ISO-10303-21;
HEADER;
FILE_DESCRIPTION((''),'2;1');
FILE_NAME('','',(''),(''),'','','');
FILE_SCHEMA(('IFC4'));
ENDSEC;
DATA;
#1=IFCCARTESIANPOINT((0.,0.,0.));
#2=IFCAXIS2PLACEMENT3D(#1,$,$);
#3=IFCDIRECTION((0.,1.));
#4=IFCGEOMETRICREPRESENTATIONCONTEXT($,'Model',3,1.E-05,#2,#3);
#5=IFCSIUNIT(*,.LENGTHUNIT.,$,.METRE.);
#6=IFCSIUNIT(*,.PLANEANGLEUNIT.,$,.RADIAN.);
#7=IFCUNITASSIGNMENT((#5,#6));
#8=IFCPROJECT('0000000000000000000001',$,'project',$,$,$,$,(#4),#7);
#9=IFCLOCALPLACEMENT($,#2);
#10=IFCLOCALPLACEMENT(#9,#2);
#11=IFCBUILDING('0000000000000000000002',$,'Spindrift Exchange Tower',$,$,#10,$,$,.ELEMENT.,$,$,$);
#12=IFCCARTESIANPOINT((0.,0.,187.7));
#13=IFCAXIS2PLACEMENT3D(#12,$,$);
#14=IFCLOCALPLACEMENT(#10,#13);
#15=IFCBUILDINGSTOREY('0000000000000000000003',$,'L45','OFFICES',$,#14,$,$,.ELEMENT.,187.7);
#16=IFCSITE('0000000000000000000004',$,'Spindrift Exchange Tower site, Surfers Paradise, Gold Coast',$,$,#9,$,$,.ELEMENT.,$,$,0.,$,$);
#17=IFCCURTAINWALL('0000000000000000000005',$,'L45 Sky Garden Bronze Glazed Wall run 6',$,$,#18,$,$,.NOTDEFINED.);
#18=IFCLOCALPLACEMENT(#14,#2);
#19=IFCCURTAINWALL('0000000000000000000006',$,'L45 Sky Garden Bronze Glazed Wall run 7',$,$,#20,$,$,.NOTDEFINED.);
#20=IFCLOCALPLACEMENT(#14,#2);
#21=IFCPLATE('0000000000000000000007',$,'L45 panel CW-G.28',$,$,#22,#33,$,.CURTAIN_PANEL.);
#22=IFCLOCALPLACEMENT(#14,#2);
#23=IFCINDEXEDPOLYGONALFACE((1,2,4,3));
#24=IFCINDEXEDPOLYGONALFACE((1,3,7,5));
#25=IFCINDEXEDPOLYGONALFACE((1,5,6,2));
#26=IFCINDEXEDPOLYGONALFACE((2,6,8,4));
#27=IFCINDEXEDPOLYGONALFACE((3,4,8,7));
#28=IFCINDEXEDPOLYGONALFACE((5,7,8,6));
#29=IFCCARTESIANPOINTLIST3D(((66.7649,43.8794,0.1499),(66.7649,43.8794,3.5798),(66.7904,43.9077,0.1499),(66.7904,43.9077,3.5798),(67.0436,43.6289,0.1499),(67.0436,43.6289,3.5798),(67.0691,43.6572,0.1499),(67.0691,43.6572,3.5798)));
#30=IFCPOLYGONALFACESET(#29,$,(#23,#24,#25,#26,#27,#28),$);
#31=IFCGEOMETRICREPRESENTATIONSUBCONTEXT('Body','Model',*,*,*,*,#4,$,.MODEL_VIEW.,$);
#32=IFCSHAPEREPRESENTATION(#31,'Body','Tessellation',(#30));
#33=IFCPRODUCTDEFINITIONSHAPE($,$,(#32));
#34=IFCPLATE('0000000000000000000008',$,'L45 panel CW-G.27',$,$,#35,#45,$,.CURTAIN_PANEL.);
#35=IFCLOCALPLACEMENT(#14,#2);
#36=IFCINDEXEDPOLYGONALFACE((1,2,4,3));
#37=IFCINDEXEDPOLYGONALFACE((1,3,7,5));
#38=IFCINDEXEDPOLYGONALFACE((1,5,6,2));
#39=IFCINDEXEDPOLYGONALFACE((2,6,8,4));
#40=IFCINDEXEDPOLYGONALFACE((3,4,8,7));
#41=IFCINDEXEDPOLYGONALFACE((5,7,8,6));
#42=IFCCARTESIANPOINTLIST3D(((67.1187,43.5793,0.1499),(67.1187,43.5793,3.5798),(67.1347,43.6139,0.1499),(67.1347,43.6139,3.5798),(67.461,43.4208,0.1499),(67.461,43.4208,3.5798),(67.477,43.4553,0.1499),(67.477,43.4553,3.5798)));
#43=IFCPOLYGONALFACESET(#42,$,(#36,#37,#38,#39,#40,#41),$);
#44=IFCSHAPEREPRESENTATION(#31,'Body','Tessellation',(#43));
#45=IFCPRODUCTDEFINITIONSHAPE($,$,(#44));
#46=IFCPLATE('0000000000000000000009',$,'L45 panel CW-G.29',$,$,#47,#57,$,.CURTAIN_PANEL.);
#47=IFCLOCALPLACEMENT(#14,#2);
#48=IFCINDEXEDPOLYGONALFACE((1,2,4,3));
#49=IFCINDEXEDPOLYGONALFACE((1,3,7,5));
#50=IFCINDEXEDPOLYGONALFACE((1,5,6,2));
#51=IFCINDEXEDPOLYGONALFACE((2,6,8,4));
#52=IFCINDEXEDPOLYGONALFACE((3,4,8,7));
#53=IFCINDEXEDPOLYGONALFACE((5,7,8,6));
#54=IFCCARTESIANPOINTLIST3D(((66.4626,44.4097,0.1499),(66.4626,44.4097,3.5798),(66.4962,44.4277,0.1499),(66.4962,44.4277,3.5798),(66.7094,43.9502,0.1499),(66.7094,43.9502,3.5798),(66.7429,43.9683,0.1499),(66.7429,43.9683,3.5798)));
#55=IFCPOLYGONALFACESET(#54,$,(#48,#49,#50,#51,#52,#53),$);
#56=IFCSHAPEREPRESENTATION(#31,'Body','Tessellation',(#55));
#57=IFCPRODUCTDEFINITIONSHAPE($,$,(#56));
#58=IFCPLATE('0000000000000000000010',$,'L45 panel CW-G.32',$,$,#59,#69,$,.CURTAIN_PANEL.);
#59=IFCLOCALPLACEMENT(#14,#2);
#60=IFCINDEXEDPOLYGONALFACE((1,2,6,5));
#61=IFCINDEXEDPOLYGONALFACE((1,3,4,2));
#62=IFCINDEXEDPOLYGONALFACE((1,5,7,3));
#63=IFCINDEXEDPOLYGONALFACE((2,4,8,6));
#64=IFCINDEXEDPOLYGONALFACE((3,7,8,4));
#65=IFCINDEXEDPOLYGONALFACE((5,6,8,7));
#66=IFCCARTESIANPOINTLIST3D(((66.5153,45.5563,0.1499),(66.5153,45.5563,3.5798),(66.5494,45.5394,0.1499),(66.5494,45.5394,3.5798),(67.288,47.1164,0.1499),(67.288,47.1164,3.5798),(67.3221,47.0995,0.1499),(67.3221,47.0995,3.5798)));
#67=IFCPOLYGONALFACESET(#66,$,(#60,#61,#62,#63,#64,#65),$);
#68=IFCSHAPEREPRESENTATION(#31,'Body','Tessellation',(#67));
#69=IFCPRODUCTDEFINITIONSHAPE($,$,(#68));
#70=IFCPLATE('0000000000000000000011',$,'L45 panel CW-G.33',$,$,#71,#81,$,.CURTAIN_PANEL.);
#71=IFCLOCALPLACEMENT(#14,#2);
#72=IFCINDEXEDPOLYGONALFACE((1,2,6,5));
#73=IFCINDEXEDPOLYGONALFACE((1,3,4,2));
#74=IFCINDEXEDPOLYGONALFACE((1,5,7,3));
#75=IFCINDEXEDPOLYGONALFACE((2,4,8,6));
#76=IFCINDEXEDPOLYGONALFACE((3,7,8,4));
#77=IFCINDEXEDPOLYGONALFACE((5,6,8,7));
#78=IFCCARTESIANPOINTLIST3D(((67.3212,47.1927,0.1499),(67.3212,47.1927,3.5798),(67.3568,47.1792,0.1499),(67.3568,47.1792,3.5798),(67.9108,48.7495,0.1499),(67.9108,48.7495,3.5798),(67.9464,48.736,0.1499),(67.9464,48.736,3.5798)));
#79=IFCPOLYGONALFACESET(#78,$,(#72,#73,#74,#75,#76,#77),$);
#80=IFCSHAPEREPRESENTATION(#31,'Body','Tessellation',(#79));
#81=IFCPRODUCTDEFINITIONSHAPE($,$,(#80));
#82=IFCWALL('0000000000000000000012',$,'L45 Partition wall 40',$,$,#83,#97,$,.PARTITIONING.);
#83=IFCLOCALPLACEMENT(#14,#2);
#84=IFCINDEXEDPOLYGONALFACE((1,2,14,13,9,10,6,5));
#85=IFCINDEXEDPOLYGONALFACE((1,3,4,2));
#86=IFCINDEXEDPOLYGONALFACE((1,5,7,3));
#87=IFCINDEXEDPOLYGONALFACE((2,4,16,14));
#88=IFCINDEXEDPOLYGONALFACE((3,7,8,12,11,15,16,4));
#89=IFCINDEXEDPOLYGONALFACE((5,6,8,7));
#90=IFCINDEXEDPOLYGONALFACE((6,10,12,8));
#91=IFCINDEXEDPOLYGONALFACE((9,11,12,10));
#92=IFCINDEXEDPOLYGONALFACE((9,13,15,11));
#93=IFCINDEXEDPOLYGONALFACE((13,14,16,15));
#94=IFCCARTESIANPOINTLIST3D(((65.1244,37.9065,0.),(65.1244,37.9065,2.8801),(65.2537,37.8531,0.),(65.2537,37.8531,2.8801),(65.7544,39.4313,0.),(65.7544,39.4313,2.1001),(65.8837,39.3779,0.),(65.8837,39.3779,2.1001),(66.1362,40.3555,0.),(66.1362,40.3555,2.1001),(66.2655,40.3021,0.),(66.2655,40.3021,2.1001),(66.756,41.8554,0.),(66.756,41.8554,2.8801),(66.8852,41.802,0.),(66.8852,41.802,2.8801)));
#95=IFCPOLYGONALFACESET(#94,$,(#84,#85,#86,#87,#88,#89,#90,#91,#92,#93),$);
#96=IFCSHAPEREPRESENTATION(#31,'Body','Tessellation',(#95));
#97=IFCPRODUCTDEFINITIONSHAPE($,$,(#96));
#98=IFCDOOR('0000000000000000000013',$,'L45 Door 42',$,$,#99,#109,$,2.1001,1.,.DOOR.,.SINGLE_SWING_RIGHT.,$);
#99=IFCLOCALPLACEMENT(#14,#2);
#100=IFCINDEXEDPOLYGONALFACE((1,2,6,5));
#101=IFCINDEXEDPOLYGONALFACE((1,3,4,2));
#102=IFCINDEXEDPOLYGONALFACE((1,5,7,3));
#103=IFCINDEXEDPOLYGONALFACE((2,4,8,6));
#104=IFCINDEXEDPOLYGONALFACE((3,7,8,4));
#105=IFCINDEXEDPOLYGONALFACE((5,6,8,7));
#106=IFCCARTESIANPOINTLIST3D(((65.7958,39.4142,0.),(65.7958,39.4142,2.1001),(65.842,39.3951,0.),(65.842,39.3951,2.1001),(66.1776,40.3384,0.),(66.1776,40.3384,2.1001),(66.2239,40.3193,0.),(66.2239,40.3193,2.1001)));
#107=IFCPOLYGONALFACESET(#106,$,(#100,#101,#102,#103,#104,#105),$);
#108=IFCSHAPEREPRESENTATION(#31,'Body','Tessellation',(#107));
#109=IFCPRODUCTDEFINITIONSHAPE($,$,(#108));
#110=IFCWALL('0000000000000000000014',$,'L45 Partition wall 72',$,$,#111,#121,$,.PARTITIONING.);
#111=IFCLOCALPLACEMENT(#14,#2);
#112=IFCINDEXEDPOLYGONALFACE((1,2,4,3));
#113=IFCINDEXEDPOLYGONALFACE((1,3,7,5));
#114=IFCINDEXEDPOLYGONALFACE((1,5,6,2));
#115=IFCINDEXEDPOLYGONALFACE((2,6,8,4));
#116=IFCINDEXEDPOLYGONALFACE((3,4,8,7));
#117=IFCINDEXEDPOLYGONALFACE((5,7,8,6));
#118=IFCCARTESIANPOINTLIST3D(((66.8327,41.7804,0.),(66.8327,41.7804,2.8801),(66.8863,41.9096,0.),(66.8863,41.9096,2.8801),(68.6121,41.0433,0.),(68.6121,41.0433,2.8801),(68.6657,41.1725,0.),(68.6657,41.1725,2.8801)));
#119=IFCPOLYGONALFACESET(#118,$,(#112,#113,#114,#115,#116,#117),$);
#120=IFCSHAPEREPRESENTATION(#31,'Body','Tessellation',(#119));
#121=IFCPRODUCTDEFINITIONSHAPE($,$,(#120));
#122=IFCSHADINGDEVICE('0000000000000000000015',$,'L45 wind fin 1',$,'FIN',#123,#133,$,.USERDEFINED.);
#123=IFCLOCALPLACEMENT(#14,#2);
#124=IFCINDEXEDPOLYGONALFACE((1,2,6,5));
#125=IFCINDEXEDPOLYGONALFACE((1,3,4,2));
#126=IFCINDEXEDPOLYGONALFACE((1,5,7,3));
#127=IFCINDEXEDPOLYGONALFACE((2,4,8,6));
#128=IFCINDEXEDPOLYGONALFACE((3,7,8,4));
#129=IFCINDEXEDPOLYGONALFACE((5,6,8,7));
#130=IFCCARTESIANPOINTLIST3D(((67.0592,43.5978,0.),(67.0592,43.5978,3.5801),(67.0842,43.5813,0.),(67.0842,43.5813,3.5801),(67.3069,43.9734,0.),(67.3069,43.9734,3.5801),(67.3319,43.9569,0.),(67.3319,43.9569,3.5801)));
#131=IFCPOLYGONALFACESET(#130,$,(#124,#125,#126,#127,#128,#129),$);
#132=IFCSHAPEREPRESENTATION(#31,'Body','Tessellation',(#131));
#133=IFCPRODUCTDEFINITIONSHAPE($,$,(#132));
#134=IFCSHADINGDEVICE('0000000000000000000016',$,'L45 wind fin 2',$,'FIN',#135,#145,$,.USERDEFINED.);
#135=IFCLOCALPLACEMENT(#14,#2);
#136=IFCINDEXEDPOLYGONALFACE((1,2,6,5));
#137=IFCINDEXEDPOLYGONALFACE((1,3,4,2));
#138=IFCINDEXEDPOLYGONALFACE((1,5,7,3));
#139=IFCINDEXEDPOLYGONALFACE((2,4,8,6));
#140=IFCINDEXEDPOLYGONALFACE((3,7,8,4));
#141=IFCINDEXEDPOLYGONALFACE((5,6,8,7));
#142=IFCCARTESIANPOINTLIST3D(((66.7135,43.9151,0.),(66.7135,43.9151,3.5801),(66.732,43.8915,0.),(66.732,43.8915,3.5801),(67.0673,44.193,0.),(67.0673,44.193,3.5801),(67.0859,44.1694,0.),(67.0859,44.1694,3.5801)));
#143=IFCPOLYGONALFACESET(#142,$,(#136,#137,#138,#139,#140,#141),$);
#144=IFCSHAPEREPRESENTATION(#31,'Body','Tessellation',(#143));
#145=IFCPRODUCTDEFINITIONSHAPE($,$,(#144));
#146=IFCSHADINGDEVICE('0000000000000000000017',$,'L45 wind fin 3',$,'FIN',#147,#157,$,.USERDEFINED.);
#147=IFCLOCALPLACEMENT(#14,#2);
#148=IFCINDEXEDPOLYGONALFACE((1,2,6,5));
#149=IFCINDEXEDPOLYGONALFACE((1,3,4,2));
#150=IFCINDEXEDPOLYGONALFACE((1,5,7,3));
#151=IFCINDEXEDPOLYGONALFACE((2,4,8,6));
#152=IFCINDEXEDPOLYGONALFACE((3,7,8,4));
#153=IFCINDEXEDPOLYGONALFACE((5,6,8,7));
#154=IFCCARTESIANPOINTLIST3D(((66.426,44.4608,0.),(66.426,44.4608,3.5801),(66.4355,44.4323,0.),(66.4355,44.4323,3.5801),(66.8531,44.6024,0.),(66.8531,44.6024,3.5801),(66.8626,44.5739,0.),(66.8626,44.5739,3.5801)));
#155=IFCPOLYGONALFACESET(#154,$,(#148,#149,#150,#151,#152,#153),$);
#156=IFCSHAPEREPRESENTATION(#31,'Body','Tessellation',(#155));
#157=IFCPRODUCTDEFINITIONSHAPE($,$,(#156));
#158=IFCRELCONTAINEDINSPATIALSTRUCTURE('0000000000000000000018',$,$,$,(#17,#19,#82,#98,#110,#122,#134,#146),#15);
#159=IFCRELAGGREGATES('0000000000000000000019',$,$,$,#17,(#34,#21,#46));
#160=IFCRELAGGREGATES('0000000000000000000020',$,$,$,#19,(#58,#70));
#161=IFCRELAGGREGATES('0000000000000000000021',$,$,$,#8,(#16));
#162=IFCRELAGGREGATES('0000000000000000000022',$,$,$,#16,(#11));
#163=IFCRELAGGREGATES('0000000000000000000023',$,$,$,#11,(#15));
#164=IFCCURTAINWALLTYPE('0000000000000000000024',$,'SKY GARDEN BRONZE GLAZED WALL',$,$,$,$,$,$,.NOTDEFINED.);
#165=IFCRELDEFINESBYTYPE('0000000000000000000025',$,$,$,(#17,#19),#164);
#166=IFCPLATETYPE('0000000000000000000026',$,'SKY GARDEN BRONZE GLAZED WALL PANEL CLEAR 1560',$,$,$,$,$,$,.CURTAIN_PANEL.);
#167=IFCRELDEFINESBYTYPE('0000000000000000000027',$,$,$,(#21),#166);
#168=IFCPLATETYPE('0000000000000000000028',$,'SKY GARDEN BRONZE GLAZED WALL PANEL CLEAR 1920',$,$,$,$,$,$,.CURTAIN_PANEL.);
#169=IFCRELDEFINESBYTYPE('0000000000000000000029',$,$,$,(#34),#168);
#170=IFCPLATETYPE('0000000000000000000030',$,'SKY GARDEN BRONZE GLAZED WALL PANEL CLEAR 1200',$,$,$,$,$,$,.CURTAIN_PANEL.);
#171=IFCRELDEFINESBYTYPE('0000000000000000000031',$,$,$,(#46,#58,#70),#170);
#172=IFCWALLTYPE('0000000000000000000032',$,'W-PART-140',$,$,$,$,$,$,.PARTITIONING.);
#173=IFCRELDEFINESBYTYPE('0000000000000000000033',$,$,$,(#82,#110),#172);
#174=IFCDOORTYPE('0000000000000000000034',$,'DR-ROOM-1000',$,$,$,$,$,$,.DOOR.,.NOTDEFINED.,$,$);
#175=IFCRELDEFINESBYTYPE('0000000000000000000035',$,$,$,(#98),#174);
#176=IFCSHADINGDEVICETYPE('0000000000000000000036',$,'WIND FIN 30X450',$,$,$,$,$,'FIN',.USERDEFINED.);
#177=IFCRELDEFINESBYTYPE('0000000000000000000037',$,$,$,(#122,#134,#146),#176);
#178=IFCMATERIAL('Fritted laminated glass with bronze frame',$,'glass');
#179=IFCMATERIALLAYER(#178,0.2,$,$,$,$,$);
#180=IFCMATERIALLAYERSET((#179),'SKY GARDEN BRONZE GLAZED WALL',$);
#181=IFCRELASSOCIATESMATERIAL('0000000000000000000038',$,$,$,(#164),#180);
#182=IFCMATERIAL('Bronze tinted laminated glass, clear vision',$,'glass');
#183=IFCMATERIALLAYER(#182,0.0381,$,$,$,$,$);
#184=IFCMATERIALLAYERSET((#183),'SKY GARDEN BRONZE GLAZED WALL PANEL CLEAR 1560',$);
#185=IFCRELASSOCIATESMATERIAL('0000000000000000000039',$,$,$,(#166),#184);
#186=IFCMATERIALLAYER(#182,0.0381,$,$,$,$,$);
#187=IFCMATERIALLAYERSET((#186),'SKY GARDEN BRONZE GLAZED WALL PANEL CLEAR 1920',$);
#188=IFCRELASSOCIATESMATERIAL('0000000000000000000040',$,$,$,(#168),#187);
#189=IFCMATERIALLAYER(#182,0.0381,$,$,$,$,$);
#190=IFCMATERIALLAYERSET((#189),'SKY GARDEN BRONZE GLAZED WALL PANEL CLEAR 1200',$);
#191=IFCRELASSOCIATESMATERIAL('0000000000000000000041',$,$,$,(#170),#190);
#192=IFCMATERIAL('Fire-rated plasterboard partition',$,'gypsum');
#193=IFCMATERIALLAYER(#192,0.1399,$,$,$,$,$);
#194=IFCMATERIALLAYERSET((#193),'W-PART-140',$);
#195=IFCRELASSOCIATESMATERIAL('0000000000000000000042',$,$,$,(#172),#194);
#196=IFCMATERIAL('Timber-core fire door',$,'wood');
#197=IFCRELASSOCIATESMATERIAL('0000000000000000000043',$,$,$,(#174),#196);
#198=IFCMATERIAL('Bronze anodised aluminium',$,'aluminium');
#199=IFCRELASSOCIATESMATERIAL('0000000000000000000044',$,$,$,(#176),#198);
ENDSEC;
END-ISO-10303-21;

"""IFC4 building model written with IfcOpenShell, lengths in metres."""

from ifc_helpers import new_model, si_unit, direction, frame, frame_2d, origin, origin_2d, place, context, subcontext, project, spatial, rectangle, extrude, source, transform, mapped, material, layer, layer_set, material_profile, profile_set, type_object, element, fill, aggregate, save


model = new_model("IFC4")

# Units and contexts
model_context = context("Model", 3, precision=1e-05, world=origin(), true_north=direction((0.0, 1.0)))
body_context = subcontext(model_context, "Body", "Model", "MODEL_VIEW")
ifc_project = project(units=[si_unit("LENGTHUNIT", "METRE"), si_unit("PLANEANGLEUNIT", "RADIAN")], contexts=[model_context])

# Site, building, storey
site_placement = place(None, origin())
site = spatial("IfcSite", under=ifc_project, at=site_placement, Name="Spindrift Exchange Tower site, Surfers Paradise, Gold Coast", CompositionType="ELEMENT", RefElevation=0.0)
building_placement = place(site_placement, origin())
building = spatial("IfcBuilding", under=site, at=building_placement, Name="Spindrift Exchange Tower", CompositionType="ELEMENT")
storey_placement = place(building_placement, frame((0.0, 0.0, 187.7)))
storey = spatial("IfcBuildingStorey", under=building, at=storey_placement, Name="L45", Description="OFFICES", CompositionType="ELEMENT", Elevation=187.7)

# Curtain walls
ifc_material_1 = material(Name="Fritted laminated glass with bronze frame", Category="glass")
ifc_layer_1 = layer(ifc_material_1, 0.2)
ifc_layer_set_1 = layer_set([ifc_layer_1], Name="SKY GARDEN BRONZE GLAZED WALL")
curtain_wall_type = type_object("IfcCurtainWallType", Name="SKY GARDEN BRONZE GLAZED WALL", PredefinedType="NOTDEFINED", material=ifc_layer_set_1)
curtain_wall_1_placement = place(storey_placement, origin())
curtain_wall_1 = element("IfcCurtainWall", 1, at=curtain_wall_1_placement, inside=storey, type_object=curtain_wall_type, Name="L45 Sky Garden Bronze Glazed Wall run 6", PredefinedType="NOTDEFINED")
ifc_material_2 = material(Name="Bronze anodised aluminium", Category="aluminium")
curtain_wall_2_placement = place(storey_placement, origin())
curtain_wall_2 = element("IfcCurtainWall", 2, at=curtain_wall_2_placement, inside=storey, type_object=curtain_wall_type, Name="L45 Sky Garden Bronze Glazed Wall run 7", PredefinedType="NOTDEFINED")

# Plates
ifc_material_3 = material(Name="Bronze tinted laminated glass, clear vision", Category="glass")
ifc_layer_2 = layer(ifc_material_3, 0.0381)
ifc_layer_set_2 = layer_set([ifc_layer_2], Name="SKY GARDEN BRONZE GLAZED WALL PANEL CLEAR 1560")
plate_type_1 = type_object("IfcPlateType", Name="SKY GARDEN BRONZE GLAZED WALL PANEL CLEAR 1560", PredefinedType="CURTAIN_PANEL", material=ifc_layer_set_2)
shared_shape_1 = source(origin(), body_context, "Body", "SweptSolid", [
    extrude(rectangle(XDim=0.3748, YDim=0.0381, at=origin_2d()), origin(), (0.0, 0.0, 1.0), 3.4299),
])
plate_1_placement = place(storey_placement, frame((66.917, 43.7683, 0.1499), z_axis=(0.0, 0.0, 1.0), x_axis=(-0.743738, 0.668471, 0.0)))
plate_1 = element("IfcPlate", 3, at=plate_1_placement, type_object=plate_type_1, Name="L45 panel CW-G.28", PredefinedType="CURTAIN_PANEL", context=body_context, shape_type="MappedRepresentation", body=[
    mapped(shared_shape_1, transform((0.0, 0.0, 0.0), scale=1.0)),
])
ifc_layer_3 = layer(ifc_material_3, 0.0381)
ifc_layer_set_3 = layer_set([ifc_layer_3], Name="SKY GARDEN BRONZE GLAZED WALL PANEL CLEAR 1920")
plate_type_2 = type_object("IfcPlateType", Name="SKY GARDEN BRONZE GLAZED WALL PANEL CLEAR 1920", PredefinedType="CURTAIN_PANEL", material=ifc_layer_set_3)
shared_shape_2 = source(origin(), body_context, "Body", "SweptSolid", [
    extrude(rectangle(XDim=0.3772, YDim=0.0381, at=origin_2d()), origin(), (0.0, 0.0, 1.0), 3.4299),
])
plate_2_placement = place(storey_placement, frame((67.2979, 43.5173, 0.1499), z_axis=(0.0, 0.0, 1.0), x_axis=(-0.907357, 0.420361, 0.0)))
plate_2 = element("IfcPlate", 4, at=plate_2_placement, type_object=plate_type_2, Name="L45 panel CW-G.27", PredefinedType="CURTAIN_PANEL", context=body_context, shape_type="MappedRepresentation", body=[
    mapped(shared_shape_2, transform((0.0, 0.0, 0.0), scale=1.0)),
])
ifc_layer_4 = layer(ifc_material_3, 0.0381)
ifc_layer_set_4 = layer_set([ifc_layer_4], Name="SKY GARDEN BRONZE GLAZED WALL PANEL CLEAR 1200")
plate_type_3 = type_object("IfcPlateType", Name="SKY GARDEN BRONZE GLAZED WALL PANEL CLEAR 1200", PredefinedType="CURTAIN_PANEL", material=ifc_layer_set_4)
shared_shape_3 = source(origin(), body_context, "Body", "SweptSolid", [
    extrude(rectangle(XDim=0.5215, YDim=0.0381, at=origin_2d()), origin(), (0.0, 0.0, 1.0), 3.4299),
])
plate_3_placement = place(storey_placement, frame((66.6028, 44.189, 0.1499), z_axis=(0.0, 0.0, 1.0), x_axis=(-0.473146, 0.880984, 0.0)))
plate_3 = element("IfcPlate", 5, at=plate_3_placement, type_object=plate_type_3, Name="L45 panel CW-G.29", PredefinedType="CURTAIN_PANEL", context=body_context, shape_type="MappedRepresentation", body=[
    mapped(shared_shape_3, transform((0.0, 0.0, 0.0), scale=1.0)),
])
aggregate(curtain_wall_1, [plate_2, plate_1, plate_3])
shared_shape_4 = source(origin(), body_context, "Body", "SweptSolid", [
    extrude(rectangle(XDim=1.741, YDim=0.0381, at=origin_2d()), origin(), (0.0, 0.0, 1.0), 3.4299),
])
plate_4_placement = place(storey_placement, frame((66.9187, 46.3279, 0.1499), z_axis=(0.0, 0.0, 1.0), x_axis=(0.44386, 0.896096, 0.0)))
plate_4 = element("IfcPlate", 6, at=plate_4_placement, type_object=plate_type_3, Name="L45 panel CW-G.32", PredefinedType="CURTAIN_PANEL", context=body_context, shape_type="MappedRepresentation", body=[
    mapped(shared_shape_4, transform((0.0, 0.0, 0.0), scale=1.0)),
])
shared_shape_5 = source(origin(), body_context, "Body", "SweptSolid", [
    extrude(rectangle(XDim=1.6648, YDim=0.0381, at=origin_2d()), origin(), (0.0, 0.0, 1.0), 3.4299),
])
plate_5_placement = place(storey_placement, frame((67.6338, 47.9644, 0.1499), z_axis=(0.0, 0.0, 1.0), x_axis=(0.354183, 0.935176, 0.0)))
plate_5 = element("IfcPlate", 7, at=plate_5_placement, type_object=plate_type_3, Name="L45 panel CW-G.33", PredefinedType="CURTAIN_PANEL", context=body_context, shape_type="MappedRepresentation", body=[
    mapped(shared_shape_5, transform((0.0, 0.0, 0.0), scale=1.0)),
])
aggregate(curtain_wall_2, [plate_4, plate_5])

# Wall, opening, door
ifc_material_4 = material(Name="Fire-rated plasterboard partition", Category="gypsum")
ifc_layer_5 = layer(ifc_material_4, 0.1399)
ifc_layer_set_5 = layer_set([ifc_layer_5], Name="W-PART-140")
wall_type = type_object("IfcWallType", Name="W-PART-140", PredefinedType="PARTITIONING", material=ifc_layer_set_5)
wall_1_placement = place(storey_placement, frame((66.8206, 41.8286, 0.0), z_axis=(0.0, 0.0, 1.0), x_axis=(-0.381859, -0.924221, 0.0)))
wall_1 = element("IfcWall", 8, at=wall_1_placement, inside=storey, type_object=wall_type, Name="L45 Partition wall 40", PredefinedType="PARTITIONING", context=body_context, shape_type="SweptSolid", body=[
    extrude(rectangle(XDim=4.2727, YDim=0.1399, at=frame_2d((2.1362, 0.0))), origin(), (0.0, 0.0, 1.0), 2.8801),
])
opening_placement = place(wall_1_placement, frame((1.6228, 0.0, 0.0)))
opening = element("IfcOpeningElement", 9, at=opening_placement, cuts=wall_1, PredefinedType="OPENING", context=body_context, shape_type="SweptSolid", body=[
    extrude(rectangle(XDim=1.0, YDim=2.1001, at=frame_2d((0.5, 1.05))), frame((0.0, 0.0798, 0.0), z_axis=(0.0, -1.0, 0.0), x_axis=(1.0, 0.0, 0.0)), (0.0, 0.0, 1.0), 0.1599),
])
ifc_material_5 = material(Name="Timber-core fire door", Category="wood")
door_type = type_object("IfcDoorType", Name="DR-ROOM-1000", OperationType="NOTDEFINED", PredefinedType="DOOR", material=ifc_material_5)
shared_shape_6 = source(origin(), body_context, "Body", "SweptSolid", [
    extrude(rectangle(XDim=1.0, YDim=2.1001, at=frame_2d((0.5, 1.05))), frame((0.0, 0.0249, 0.0), z_axis=(0.0, -1.0, 0.0), x_axis=(1.0, 0.0, 0.0)), (0.0, 0.0, 1.0), 0.05),
])
door_placement = place(opening_placement, origin())
door = element("IfcDoor", 10, at=door_placement, inside=storey, type_object=door_type, Name="L45 Door 42", OperationType="SINGLE_SWING_RIGHT", OverallHeight=2.1001, OverallWidth=1.0, PredefinedType="DOOR", context=body_context, shape_type="MappedRepresentation", body=[
    mapped(shared_shape_6, transform((0.0, 0.0, 0.0), scale=1.0)),
])
fill(opening, door)

# Wall
wall_2_placement = place(storey_placement, frame((66.8596, 41.845, 0.0), z_axis=(0.0, 0.0, 1.0), x_axis=(0.92387, -0.382706, 0.0)))
element("IfcWall", 11, at=wall_2_placement, inside=storey, type_object=wall_type, Name="L45 Partition wall 72", PredefinedType="PARTITIONING", context=body_context, shape_type="SweptSolid", body=[
    extrude(rectangle(XDim=1.926, YDim=0.1399, at=frame_2d((0.9629, 0.0))), origin(), (0.0, 0.0, 1.0), 2.8801),
])

# Shading devices
ifc_material_profile_1 = material_profile(ifc_material_2, rectangle(XDim=0.03, YDim=0.45, at=origin_2d()), Name="WIND FIN 30X450")
ifc_profile_set_1 = profile_set([ifc_material_profile_1], Name="Bronze anodised aluminium")
shading_device_type = type_object("IfcShadingDeviceType", Name="WIND FIN 30X450", ElementType="FIN", PredefinedType="USERDEFINED", material=ifc_profile_set_1)
shared_shape_7 = source(origin(), body_context, "Body", "SweptSolid", [
    extrude(rectangle(XDim=0.03, YDim=0.45, at=origin_2d()), origin(), (0.0, 0.0, 1.0), 3.5801),
])
for number, where, z_axis, x_axis, name in (
    (12, (67.1956, 43.7773, 0.0), (0.0, 0.0, 1.0), (-0.834816, 0.550529, 0.0), "L45 wind fin 1"),
    (13, (66.8997, 44.0422, 0.0), (0.0, 0.0, 1.0), (-0.61765, 0.786453, 0.0), "L45 wind fin 2"),
    (14, (66.6443, 44.5173, 0.0), (0.0, 0.0, 1.0), (-0.314574, 0.949233, 0.0), "L45 wind fin 3"),
):
    element("IfcShadingDevice", number, at=place(storey_placement, frame(where, z_axis=z_axis, x_axis=x_axis)), inside=storey, type_object=shading_device_type, Name=name, ObjectType="FIN", PredefinedType="USERDEFINED", context=body_context, shape_type="MappedRepresentation", body=[
        mapped(shared_shape_7, transform((0.0, 0.0, 0.0), scale=1.0)),
    ])

save(model, "model.ifc")
